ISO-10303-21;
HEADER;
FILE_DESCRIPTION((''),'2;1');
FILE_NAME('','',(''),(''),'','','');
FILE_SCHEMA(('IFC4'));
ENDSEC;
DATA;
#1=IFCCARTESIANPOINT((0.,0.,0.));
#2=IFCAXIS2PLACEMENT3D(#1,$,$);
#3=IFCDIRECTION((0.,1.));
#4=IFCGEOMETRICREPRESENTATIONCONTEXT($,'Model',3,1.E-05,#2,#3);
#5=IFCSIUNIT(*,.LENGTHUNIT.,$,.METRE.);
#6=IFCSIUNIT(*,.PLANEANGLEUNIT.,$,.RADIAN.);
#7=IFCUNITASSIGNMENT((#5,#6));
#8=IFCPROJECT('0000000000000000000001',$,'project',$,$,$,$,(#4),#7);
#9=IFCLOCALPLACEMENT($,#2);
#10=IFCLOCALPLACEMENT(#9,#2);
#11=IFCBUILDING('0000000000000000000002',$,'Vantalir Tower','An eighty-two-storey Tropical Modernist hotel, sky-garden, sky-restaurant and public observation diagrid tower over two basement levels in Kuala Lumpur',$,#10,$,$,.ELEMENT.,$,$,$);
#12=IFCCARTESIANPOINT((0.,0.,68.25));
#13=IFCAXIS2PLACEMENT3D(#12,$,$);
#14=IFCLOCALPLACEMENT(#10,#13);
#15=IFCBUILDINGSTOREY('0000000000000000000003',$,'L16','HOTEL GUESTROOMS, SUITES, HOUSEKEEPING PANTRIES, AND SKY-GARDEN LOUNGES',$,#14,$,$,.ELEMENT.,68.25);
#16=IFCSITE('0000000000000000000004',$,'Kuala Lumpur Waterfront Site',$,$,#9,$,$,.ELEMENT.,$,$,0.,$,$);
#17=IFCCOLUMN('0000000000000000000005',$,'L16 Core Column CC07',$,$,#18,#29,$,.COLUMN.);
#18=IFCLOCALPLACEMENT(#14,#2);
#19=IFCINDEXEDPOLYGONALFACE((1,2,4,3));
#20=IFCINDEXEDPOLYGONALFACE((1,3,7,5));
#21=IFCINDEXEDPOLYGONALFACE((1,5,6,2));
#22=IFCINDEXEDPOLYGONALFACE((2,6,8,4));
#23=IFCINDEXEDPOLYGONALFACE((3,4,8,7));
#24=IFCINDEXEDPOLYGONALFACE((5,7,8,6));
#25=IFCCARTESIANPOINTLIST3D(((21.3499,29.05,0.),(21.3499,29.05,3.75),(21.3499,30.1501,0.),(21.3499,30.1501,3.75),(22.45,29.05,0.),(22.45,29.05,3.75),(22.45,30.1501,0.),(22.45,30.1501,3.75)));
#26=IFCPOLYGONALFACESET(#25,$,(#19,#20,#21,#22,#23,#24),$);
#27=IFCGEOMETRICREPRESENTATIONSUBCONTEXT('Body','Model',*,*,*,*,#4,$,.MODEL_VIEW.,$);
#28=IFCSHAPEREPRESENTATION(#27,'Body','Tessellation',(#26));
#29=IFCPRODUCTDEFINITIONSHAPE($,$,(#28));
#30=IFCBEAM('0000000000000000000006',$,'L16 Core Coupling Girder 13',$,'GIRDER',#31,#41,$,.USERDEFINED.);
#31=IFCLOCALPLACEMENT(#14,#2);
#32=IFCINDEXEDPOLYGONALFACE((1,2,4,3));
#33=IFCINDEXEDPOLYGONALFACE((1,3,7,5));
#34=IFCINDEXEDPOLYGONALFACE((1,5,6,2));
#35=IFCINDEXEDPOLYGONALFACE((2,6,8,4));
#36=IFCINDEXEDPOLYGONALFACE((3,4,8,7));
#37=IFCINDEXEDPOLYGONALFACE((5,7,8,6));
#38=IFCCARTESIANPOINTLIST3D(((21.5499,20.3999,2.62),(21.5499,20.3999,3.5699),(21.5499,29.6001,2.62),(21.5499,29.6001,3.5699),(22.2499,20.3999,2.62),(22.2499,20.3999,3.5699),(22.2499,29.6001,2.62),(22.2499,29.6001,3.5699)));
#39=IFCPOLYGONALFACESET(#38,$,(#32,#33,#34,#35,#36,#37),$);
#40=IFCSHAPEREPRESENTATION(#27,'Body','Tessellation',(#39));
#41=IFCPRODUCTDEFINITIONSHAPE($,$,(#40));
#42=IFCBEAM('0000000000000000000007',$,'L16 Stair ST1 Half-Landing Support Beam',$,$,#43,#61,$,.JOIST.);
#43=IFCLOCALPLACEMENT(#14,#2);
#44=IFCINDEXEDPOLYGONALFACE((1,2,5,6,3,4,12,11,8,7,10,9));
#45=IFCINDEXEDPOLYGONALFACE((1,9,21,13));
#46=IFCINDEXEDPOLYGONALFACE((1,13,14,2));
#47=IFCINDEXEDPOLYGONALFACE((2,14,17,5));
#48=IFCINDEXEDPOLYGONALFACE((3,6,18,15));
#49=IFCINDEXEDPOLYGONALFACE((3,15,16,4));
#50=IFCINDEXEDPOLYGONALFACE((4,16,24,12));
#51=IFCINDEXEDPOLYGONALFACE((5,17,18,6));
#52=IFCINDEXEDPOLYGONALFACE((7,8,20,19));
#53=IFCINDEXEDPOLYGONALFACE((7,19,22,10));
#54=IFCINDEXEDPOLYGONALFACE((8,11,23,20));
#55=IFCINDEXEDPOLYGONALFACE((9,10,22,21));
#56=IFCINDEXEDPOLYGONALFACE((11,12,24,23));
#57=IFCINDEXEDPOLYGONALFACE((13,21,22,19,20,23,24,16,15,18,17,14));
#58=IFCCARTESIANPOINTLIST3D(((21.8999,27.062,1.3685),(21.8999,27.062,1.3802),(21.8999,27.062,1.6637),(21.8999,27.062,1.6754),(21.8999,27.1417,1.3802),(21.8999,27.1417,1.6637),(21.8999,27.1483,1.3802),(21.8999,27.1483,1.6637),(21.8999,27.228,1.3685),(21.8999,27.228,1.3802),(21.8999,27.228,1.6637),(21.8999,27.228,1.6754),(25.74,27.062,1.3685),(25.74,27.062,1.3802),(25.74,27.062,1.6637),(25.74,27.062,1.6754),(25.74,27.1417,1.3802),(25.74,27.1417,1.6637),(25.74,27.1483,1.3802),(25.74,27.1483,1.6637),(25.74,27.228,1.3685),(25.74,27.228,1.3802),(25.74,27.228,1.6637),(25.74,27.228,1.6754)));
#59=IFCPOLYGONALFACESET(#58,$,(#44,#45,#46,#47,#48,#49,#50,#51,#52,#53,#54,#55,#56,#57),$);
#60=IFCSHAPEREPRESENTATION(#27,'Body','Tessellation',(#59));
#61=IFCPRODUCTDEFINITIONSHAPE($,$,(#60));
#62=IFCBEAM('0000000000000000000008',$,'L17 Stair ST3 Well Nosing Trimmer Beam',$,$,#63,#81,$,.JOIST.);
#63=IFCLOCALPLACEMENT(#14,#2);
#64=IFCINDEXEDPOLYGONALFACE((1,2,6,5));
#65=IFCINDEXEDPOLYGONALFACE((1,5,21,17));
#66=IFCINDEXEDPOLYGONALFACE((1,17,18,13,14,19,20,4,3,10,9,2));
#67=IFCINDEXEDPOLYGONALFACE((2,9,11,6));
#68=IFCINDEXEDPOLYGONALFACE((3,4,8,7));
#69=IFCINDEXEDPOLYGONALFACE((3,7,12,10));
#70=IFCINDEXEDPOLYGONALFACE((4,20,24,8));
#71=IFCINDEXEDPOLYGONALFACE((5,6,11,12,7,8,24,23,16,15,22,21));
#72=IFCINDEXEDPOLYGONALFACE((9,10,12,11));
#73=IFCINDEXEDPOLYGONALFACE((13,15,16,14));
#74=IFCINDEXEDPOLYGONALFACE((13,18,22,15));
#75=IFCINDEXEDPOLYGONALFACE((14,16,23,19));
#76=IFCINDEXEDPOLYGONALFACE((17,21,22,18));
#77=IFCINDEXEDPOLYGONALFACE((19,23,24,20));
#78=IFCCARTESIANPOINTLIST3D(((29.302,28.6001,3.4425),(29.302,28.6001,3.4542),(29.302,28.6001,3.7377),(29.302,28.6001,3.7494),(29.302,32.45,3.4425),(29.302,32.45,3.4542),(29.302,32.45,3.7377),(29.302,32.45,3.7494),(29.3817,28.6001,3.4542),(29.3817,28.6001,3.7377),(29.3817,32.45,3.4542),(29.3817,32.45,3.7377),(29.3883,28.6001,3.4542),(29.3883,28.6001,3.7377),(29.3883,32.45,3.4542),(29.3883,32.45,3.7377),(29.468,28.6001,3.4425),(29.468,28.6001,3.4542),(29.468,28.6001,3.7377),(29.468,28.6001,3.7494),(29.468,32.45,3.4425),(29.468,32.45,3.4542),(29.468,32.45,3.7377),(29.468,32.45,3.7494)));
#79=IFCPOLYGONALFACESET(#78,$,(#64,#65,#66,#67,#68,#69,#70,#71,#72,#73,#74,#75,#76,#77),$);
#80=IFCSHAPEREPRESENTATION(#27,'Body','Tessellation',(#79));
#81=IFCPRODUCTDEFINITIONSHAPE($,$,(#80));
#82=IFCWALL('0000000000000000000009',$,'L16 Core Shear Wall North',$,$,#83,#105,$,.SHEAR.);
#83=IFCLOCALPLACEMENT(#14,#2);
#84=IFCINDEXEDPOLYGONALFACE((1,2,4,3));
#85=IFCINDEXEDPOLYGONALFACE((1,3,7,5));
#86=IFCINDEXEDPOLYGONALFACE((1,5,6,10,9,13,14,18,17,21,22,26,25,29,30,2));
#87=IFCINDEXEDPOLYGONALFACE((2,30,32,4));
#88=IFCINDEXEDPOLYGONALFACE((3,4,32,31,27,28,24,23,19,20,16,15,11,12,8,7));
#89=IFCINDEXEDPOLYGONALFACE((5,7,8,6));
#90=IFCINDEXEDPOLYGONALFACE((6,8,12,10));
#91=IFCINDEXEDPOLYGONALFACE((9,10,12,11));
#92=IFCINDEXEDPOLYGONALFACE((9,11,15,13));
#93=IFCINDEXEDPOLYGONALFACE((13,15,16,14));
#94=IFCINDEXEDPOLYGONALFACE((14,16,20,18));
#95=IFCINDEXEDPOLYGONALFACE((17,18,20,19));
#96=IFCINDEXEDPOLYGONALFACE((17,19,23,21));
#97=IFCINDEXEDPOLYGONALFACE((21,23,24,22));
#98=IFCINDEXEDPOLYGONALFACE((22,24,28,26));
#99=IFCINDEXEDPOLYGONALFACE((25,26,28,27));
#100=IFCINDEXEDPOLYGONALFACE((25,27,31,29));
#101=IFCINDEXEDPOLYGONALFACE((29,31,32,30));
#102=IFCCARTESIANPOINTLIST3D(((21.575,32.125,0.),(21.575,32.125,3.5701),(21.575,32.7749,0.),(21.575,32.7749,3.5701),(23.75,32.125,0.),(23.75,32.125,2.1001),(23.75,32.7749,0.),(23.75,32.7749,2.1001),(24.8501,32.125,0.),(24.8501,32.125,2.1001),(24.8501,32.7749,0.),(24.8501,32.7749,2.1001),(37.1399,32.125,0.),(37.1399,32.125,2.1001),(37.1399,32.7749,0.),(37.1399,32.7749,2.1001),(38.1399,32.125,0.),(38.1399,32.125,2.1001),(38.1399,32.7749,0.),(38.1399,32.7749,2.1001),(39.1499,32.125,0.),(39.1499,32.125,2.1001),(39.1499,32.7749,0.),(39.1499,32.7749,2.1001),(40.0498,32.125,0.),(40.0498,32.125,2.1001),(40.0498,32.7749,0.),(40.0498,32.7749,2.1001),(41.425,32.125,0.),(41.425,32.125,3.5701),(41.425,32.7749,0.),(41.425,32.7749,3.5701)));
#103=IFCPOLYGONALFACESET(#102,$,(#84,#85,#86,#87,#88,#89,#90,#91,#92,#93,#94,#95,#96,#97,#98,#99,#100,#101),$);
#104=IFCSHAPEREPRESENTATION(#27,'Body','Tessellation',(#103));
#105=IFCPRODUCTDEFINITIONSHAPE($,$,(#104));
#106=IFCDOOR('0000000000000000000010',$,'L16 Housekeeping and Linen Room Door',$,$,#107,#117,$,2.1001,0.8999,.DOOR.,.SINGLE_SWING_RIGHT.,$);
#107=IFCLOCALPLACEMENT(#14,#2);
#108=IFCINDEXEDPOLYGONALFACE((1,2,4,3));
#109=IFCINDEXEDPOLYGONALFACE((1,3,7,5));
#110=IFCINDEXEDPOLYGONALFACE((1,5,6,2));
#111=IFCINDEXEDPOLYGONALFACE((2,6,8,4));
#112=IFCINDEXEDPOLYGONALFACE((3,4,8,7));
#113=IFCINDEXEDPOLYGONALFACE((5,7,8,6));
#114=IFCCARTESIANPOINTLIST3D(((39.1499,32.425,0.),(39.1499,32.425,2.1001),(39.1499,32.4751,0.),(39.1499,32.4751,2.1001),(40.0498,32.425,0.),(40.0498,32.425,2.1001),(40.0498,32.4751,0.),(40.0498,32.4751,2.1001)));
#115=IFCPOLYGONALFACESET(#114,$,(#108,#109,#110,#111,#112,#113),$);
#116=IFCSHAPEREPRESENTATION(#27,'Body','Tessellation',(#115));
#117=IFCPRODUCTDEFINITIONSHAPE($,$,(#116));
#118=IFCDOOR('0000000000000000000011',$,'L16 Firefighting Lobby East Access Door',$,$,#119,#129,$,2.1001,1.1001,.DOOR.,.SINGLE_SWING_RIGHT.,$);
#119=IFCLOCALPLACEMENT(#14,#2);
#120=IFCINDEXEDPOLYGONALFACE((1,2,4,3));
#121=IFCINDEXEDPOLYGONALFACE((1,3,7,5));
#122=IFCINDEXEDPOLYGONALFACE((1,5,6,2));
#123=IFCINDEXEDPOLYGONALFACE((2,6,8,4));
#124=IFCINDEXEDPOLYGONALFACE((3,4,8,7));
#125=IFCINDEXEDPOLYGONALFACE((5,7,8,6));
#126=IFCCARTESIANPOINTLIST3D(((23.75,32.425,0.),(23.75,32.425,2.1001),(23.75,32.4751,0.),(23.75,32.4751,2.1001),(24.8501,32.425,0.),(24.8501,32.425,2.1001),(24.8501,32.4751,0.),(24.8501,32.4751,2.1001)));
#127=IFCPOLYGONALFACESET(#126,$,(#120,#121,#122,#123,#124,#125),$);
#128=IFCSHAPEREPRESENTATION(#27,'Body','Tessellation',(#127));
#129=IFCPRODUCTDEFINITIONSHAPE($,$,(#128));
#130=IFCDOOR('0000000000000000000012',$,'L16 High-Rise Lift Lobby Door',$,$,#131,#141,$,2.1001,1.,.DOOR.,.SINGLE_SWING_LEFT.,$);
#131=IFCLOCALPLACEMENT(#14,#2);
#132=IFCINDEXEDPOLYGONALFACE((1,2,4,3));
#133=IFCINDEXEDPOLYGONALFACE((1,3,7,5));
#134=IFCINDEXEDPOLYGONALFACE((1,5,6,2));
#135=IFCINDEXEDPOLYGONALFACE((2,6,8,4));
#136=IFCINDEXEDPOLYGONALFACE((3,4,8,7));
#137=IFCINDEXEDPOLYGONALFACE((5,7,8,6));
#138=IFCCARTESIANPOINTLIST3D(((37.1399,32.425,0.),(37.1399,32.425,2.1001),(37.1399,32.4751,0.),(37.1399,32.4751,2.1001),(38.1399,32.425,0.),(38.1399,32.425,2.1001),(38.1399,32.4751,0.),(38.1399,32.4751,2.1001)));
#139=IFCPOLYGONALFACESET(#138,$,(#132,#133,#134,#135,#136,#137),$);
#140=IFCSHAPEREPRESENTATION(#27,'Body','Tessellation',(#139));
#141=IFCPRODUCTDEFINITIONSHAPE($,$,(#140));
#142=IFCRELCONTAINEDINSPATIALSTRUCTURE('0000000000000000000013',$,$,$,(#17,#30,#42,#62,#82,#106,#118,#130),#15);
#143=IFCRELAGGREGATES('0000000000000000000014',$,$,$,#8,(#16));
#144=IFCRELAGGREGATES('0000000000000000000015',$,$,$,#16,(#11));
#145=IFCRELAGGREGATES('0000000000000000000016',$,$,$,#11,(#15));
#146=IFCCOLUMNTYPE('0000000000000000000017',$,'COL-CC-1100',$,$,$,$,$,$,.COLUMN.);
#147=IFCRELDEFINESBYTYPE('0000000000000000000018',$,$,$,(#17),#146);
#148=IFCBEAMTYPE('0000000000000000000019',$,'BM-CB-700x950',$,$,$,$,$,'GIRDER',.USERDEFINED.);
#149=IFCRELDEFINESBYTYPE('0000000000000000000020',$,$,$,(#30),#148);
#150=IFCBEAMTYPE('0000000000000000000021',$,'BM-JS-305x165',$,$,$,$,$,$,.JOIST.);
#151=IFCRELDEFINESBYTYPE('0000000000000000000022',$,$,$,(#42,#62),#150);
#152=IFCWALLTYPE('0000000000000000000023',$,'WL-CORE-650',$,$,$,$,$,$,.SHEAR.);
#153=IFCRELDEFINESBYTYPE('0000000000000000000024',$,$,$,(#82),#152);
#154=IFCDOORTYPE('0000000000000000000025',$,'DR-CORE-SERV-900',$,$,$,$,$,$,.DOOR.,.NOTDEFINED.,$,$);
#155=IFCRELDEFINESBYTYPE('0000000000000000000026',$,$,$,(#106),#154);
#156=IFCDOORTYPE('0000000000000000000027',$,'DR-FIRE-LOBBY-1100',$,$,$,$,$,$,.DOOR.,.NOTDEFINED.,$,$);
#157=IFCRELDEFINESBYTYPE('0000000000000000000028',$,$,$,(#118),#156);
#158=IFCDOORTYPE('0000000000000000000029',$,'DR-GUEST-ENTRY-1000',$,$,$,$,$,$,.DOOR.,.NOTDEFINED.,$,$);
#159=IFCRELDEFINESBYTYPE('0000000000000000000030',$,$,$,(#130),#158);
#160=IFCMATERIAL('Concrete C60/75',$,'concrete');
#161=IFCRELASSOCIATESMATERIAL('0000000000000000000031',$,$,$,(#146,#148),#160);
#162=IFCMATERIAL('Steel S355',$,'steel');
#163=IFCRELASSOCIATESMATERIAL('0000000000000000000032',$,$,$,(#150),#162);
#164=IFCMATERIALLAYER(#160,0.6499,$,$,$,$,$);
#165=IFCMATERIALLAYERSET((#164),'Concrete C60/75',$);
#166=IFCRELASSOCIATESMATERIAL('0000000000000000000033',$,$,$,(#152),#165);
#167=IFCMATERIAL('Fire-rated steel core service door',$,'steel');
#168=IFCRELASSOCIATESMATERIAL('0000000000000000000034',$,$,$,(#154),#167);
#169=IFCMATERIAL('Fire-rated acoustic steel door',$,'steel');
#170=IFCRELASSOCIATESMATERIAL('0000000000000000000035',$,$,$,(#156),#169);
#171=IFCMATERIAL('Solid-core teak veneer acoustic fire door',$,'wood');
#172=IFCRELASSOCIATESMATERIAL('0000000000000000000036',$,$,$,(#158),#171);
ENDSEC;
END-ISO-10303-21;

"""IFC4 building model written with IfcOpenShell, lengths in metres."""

from ifc_helpers import new_model, si_unit, direction, frame, frame_2d, origin, origin_2d, place, context, subcontext, project, spatial, rectangle, i_section, extrude, material, layer, layer_set, material_profile, profile_set, type_object, element, fill, save


model = new_model("IFC4")

# Units and contexts
model_context = context("Model", 3, precision=1e-05, world=origin(), true_north=direction((0.0, 1.0)))
body_context = subcontext(model_context, "Body", "Model", "MODEL_VIEW")
ifc_project = project(units=[si_unit("LENGTHUNIT", "METRE"), si_unit("PLANEANGLEUNIT", "RADIAN")], contexts=[model_context])

# Site, building, storey
site_placement = place(None, origin())
site = spatial("IfcSite", under=ifc_project, at=site_placement, Name="Kuala Lumpur Waterfront Site", CompositionType="ELEMENT", RefElevation=0.0)
building_placement = place(site_placement, origin())
building = spatial("IfcBuilding", under=site, at=building_placement, Name="Vantalir Tower", Description="An eighty-two-storey Tropical Modernist hotel, sky-garden, sky-restaurant and public observation diagrid tower over two basement levels in Kuala Lumpur", CompositionType="ELEMENT")
storey_placement = place(building_placement, frame((0.0, 0.0, 68.25)))
storey = spatial("IfcBuildingStorey", under=building, at=storey_placement, Name="L16", Description="HOTEL GUESTROOMS, SUITES, HOUSEKEEPING PANTRIES, AND SKY-GARDEN LOUNGES", CompositionType="ELEMENT", Elevation=68.25)

# Column
ifc_material_1 = material(Name="Concrete C60/75", Category="concrete")
ifc_material_profile_1 = material_profile(ifc_material_1, rectangle(XDim=1.1001, YDim=1.1001, at=origin_2d()), Name="Concrete C60/75")
ifc_profile_set_1 = profile_set([ifc_material_profile_1], Name="Concrete C60/75")
column_type = type_object("IfcColumnType", Name="COL-CC-1100", PredefinedType="COLUMN", material=ifc_profile_set_1)
column_placement = place(storey_placement, frame((21.8999, 29.6001, 0.0), z_axis=(0.0, 0.0, 1.0), x_axis=(1.0, 0.0, 0.0)))
element("IfcColumn", 1, at=column_placement, inside=storey, type_object=column_type, Name="L16 Core Column CC07", PredefinedType="COLUMN", context=body_context, shape_type="SweptSolid", body=[
    extrude(rectangle(XDim=1.1001, YDim=1.1001, at=origin_2d()), origin(), (0.0, 0.0, 1.0), 3.75),
])

# Beams
ifc_material_profile_2 = material_profile(ifc_material_1, rectangle(XDim=0.7, YDim=0.95, at=origin_2d()), Name="Concrete C60/75")
ifc_profile_set_2 = profile_set([ifc_material_profile_2], Name="Concrete C60/75")
beam_type_1 = type_object("IfcBeamType", Name="BM-CB-700x950", ElementType="GIRDER", PredefinedType="USERDEFINED", material=ifc_profile_set_2)
beam_1_placement = place(storey_placement, frame((21.8999, 29.6001, 3.095), z_axis=(0.0, -1.0, 0.0), x_axis=(1.0, 0.0, 0.0)))
element("IfcBeam", 2, at=beam_1_placement, inside=storey, type_object=beam_type_1, Name="L16 Core Coupling Girder 13", ObjectType="GIRDER", PredefinedType="USERDEFINED", context=body_context, shape_type="SweptSolid", body=[
    extrude(rectangle(XDim=0.7, YDim=0.95, at=origin_2d()), origin(), (0.0, 0.0, 1.0), 9.2002),
])
ifc_material_2 = material(Name="Steel S355", Category="steel")
ifc_material_profile_3 = material_profile(ifc_material_2, i_section(OverallWidth=0.166, OverallDepth=0.3069, WebThickness=0.0066, FlangeThickness=0.0117, at=origin_2d()), Name="Steel S355")
ifc_profile_set_3 = profile_set([ifc_material_profile_3], Name="Steel S355")
beam_type_2 = type_object("IfcBeamType", Name="BM-JS-305x165", PredefinedType="JOIST", material=ifc_profile_set_3)
beam_2_placement = place(storey_placement, frame((21.8999, 27.145, 1.522), z_axis=(1.0, 0.0, 0.0), x_axis=(0.0, 1.0, 0.0)))
element("IfcBeam", 3, at=beam_2_placement, inside=storey, type_object=beam_type_2, Name="L16 Stair ST1 Half-Landing Support Beam", PredefinedType="JOIST", context=body_context, shape_type="SweptSolid", body=[
    extrude(i_section(OverallWidth=0.166, OverallDepth=0.3069, WebThickness=0.0066, FlangeThickness=0.0117, at=origin_2d()), origin(), (0.0, 0.0, 1.0), 3.8401),
])
beam_3_placement = place(storey_placement, frame((29.385, 28.6001, 3.5959), z_axis=(0.0, 1.0, 0.0), x_axis=(-1.0, 0.0, 0.0)))
element("IfcBeam", 4, at=beam_3_placement, inside=storey, type_object=beam_type_2, Name="L17 Stair ST3 Well Nosing Trimmer Beam", PredefinedType="JOIST", context=body_context, shape_type="SweptSolid", body=[
    extrude(i_section(OverallWidth=0.166, OverallDepth=0.3069, WebThickness=0.0066, FlangeThickness=0.0117, at=origin_2d()), origin(), (0.0, 0.0, 1.0), 3.8499),
])

# Wall, openings, doors
ifc_layer_1 = layer(ifc_material_1, 0.6499)
ifc_layer_set_1 = layer_set([ifc_layer_1], Name="Concrete C60/75")
wall_type_1 = type_object("IfcWallType", Name="WL-CORE-650", PredefinedType="SHEAR", material=ifc_layer_set_1)
wall_1_placement = place(storey_placement, frame((21.575, 32.45, 0.0), z_axis=(0.0, 0.0, 1.0), x_axis=(1.0, 0.0, 0.0)))
wall_1 = element("IfcWall", 5, at=wall_1_placement, inside=storey, type_object=wall_type_1, Name="L16 Core Shear Wall North", PredefinedType="SHEAR", context=body_context, shape_type="SweptSolid", body=[
    extrude(rectangle(XDim=19.8501, YDim=0.6499, at=frame_2d((9.925, 0.0))), origin(), (0.0, 0.0, 1.0), 3.5701),
])
opening_1_placement = place(wall_1_placement, frame((2.175, 0.0, 0.0)))
opening_1 = element("IfcOpeningElement", 6, at=opening_1_placement, cuts=wall_1, PredefinedType="OPENING", context=body_context, shape_type="SweptSolid", body=[
    extrude(rectangle(XDim=1.1001, YDim=2.1001, at=frame_2d((0.55, 1.05))), frame((0.0, 0.335, 0.0), z_axis=(0.0, -1.0, 0.0), x_axis=(1.0, 0.0, 0.0)), (0.0, 0.0, 1.0), 0.6699),
])
opening_2_placement = place(wall_1_placement, frame((15.5649, 0.0, 0.0)))
opening_2 = element("IfcOpeningElement", 7, at=opening_2_placement, cuts=wall_1, PredefinedType="OPENING", context=body_context, shape_type="SweptSolid", body=[
    extrude(rectangle(XDim=1.0, YDim=2.1001, at=frame_2d((0.5, 1.05))), frame((0.0, 0.335, 0.0), z_axis=(0.0, -1.0, 0.0), x_axis=(1.0, 0.0, 0.0)), (0.0, 0.0, 1.0), 0.6699),
])
opening_3_placement = place(wall_1_placement, frame((17.575, 0.0, 0.0)))
opening_3 = element("IfcOpeningElement", 8, at=opening_3_placement, cuts=wall_1, PredefinedType="OPENING", context=body_context, shape_type="SweptSolid", body=[
    extrude(rectangle(XDim=0.8999, YDim=2.1001, at=frame_2d((0.45, 1.05))), frame((0.0, 0.335, 0.0), z_axis=(0.0, -1.0, 0.0), x_axis=(1.0, 0.0, 0.0)), (0.0, 0.0, 1.0), 0.6699),
])
ifc_material_3 = material(Name="Fire-rated steel core service door", Category="steel")
door_type_1 = type_object("IfcDoorType", Name="DR-CORE-SERV-900", OperationType="NOTDEFINED", PredefinedType="DOOR", material=ifc_material_3)
door_1_placement = place(opening_3_placement, frame((0.8999, 0.0, 0.0), z_axis=(0.0, 0.0, 1.0), x_axis=(-1.0, 0.0, 0.0)))
door_1 = element("IfcDoor", 9, at=door_1_placement, inside=storey, type_object=door_type_1, Name="L16 Housekeeping and Linen Room Door", OperationType="SINGLE_SWING_RIGHT", OverallHeight=2.1001, OverallWidth=0.8999, PredefinedType="DOOR", context=body_context, shape_type="SweptSolid", body=[
    extrude(rectangle(XDim=0.8999, YDim=2.1001, at=frame_2d((0.45, 1.05))), frame((0.0, 0.0249, 0.0), z_axis=(0.0, -1.0, 0.0), x_axis=(1.0, 0.0, 0.0)), (0.0, 0.0, 1.0), 0.05),
])
fill(opening_3, door_1)
ifc_material_4 = material(Name="Fire-rated acoustic steel door", Category="steel")
door_type_2 = type_object("IfcDoorType", Name="DR-FIRE-LOBBY-1100", OperationType="NOTDEFINED", PredefinedType="DOOR", material=ifc_material_4)
door_2_placement = place(opening_1_placement, frame((1.1001, 0.0, 0.0), z_axis=(0.0, 0.0, 1.0), x_axis=(-1.0, 0.0, 0.0)))
door_2 = element("IfcDoor", 10, at=door_2_placement, inside=storey, type_object=door_type_2, Name="L16 Firefighting Lobby East Access Door", OperationType="SINGLE_SWING_RIGHT", OverallHeight=2.1001, OverallWidth=1.1001, PredefinedType="DOOR", context=body_context, shape_type="SweptSolid", body=[
    extrude(rectangle(XDim=1.1001, YDim=2.1001, at=frame_2d((0.55, 1.05))), frame((0.0, 0.0249, 0.0), z_axis=(0.0, -1.0, 0.0), x_axis=(1.0, 0.0, 0.0)), (0.0, 0.0, 1.0), 0.05),
])
fill(opening_1, door_2)
ifc_material_5 = material(Name="Solid-core teak veneer acoustic fire door", Category="wood")
door_type_3 = type_object("IfcDoorType", Name="DR-GUEST-ENTRY-1000", OperationType="NOTDEFINED", PredefinedType="DOOR", material=ifc_material_5)
door_3_placement = place(opening_2_placement, frame((1.0, 0.0, 0.0), z_axis=(0.0, 0.0, 1.0), x_axis=(-1.0, 0.0, 0.0)))
door_3 = element("IfcDoor", 11, at=door_3_placement, inside=storey, type_object=door_type_3, Name="L16 High-Rise Lift Lobby Door", OperationType="SINGLE_SWING_LEFT", OverallHeight=2.1001, OverallWidth=1.0, PredefinedType="DOOR", context=body_context, shape_type="SweptSolid", body=[
    extrude(rectangle(XDim=1.0, YDim=2.1001, at=frame_2d((0.5, 1.05))), frame((0.0, 0.0249, 0.0), z_axis=(0.0, -1.0, 0.0), x_axis=(1.0, 0.0, 0.0)), (0.0, 0.0, 1.0), 0.05),
])
fill(opening_2, door_3)

save(model, "model.ifc")
